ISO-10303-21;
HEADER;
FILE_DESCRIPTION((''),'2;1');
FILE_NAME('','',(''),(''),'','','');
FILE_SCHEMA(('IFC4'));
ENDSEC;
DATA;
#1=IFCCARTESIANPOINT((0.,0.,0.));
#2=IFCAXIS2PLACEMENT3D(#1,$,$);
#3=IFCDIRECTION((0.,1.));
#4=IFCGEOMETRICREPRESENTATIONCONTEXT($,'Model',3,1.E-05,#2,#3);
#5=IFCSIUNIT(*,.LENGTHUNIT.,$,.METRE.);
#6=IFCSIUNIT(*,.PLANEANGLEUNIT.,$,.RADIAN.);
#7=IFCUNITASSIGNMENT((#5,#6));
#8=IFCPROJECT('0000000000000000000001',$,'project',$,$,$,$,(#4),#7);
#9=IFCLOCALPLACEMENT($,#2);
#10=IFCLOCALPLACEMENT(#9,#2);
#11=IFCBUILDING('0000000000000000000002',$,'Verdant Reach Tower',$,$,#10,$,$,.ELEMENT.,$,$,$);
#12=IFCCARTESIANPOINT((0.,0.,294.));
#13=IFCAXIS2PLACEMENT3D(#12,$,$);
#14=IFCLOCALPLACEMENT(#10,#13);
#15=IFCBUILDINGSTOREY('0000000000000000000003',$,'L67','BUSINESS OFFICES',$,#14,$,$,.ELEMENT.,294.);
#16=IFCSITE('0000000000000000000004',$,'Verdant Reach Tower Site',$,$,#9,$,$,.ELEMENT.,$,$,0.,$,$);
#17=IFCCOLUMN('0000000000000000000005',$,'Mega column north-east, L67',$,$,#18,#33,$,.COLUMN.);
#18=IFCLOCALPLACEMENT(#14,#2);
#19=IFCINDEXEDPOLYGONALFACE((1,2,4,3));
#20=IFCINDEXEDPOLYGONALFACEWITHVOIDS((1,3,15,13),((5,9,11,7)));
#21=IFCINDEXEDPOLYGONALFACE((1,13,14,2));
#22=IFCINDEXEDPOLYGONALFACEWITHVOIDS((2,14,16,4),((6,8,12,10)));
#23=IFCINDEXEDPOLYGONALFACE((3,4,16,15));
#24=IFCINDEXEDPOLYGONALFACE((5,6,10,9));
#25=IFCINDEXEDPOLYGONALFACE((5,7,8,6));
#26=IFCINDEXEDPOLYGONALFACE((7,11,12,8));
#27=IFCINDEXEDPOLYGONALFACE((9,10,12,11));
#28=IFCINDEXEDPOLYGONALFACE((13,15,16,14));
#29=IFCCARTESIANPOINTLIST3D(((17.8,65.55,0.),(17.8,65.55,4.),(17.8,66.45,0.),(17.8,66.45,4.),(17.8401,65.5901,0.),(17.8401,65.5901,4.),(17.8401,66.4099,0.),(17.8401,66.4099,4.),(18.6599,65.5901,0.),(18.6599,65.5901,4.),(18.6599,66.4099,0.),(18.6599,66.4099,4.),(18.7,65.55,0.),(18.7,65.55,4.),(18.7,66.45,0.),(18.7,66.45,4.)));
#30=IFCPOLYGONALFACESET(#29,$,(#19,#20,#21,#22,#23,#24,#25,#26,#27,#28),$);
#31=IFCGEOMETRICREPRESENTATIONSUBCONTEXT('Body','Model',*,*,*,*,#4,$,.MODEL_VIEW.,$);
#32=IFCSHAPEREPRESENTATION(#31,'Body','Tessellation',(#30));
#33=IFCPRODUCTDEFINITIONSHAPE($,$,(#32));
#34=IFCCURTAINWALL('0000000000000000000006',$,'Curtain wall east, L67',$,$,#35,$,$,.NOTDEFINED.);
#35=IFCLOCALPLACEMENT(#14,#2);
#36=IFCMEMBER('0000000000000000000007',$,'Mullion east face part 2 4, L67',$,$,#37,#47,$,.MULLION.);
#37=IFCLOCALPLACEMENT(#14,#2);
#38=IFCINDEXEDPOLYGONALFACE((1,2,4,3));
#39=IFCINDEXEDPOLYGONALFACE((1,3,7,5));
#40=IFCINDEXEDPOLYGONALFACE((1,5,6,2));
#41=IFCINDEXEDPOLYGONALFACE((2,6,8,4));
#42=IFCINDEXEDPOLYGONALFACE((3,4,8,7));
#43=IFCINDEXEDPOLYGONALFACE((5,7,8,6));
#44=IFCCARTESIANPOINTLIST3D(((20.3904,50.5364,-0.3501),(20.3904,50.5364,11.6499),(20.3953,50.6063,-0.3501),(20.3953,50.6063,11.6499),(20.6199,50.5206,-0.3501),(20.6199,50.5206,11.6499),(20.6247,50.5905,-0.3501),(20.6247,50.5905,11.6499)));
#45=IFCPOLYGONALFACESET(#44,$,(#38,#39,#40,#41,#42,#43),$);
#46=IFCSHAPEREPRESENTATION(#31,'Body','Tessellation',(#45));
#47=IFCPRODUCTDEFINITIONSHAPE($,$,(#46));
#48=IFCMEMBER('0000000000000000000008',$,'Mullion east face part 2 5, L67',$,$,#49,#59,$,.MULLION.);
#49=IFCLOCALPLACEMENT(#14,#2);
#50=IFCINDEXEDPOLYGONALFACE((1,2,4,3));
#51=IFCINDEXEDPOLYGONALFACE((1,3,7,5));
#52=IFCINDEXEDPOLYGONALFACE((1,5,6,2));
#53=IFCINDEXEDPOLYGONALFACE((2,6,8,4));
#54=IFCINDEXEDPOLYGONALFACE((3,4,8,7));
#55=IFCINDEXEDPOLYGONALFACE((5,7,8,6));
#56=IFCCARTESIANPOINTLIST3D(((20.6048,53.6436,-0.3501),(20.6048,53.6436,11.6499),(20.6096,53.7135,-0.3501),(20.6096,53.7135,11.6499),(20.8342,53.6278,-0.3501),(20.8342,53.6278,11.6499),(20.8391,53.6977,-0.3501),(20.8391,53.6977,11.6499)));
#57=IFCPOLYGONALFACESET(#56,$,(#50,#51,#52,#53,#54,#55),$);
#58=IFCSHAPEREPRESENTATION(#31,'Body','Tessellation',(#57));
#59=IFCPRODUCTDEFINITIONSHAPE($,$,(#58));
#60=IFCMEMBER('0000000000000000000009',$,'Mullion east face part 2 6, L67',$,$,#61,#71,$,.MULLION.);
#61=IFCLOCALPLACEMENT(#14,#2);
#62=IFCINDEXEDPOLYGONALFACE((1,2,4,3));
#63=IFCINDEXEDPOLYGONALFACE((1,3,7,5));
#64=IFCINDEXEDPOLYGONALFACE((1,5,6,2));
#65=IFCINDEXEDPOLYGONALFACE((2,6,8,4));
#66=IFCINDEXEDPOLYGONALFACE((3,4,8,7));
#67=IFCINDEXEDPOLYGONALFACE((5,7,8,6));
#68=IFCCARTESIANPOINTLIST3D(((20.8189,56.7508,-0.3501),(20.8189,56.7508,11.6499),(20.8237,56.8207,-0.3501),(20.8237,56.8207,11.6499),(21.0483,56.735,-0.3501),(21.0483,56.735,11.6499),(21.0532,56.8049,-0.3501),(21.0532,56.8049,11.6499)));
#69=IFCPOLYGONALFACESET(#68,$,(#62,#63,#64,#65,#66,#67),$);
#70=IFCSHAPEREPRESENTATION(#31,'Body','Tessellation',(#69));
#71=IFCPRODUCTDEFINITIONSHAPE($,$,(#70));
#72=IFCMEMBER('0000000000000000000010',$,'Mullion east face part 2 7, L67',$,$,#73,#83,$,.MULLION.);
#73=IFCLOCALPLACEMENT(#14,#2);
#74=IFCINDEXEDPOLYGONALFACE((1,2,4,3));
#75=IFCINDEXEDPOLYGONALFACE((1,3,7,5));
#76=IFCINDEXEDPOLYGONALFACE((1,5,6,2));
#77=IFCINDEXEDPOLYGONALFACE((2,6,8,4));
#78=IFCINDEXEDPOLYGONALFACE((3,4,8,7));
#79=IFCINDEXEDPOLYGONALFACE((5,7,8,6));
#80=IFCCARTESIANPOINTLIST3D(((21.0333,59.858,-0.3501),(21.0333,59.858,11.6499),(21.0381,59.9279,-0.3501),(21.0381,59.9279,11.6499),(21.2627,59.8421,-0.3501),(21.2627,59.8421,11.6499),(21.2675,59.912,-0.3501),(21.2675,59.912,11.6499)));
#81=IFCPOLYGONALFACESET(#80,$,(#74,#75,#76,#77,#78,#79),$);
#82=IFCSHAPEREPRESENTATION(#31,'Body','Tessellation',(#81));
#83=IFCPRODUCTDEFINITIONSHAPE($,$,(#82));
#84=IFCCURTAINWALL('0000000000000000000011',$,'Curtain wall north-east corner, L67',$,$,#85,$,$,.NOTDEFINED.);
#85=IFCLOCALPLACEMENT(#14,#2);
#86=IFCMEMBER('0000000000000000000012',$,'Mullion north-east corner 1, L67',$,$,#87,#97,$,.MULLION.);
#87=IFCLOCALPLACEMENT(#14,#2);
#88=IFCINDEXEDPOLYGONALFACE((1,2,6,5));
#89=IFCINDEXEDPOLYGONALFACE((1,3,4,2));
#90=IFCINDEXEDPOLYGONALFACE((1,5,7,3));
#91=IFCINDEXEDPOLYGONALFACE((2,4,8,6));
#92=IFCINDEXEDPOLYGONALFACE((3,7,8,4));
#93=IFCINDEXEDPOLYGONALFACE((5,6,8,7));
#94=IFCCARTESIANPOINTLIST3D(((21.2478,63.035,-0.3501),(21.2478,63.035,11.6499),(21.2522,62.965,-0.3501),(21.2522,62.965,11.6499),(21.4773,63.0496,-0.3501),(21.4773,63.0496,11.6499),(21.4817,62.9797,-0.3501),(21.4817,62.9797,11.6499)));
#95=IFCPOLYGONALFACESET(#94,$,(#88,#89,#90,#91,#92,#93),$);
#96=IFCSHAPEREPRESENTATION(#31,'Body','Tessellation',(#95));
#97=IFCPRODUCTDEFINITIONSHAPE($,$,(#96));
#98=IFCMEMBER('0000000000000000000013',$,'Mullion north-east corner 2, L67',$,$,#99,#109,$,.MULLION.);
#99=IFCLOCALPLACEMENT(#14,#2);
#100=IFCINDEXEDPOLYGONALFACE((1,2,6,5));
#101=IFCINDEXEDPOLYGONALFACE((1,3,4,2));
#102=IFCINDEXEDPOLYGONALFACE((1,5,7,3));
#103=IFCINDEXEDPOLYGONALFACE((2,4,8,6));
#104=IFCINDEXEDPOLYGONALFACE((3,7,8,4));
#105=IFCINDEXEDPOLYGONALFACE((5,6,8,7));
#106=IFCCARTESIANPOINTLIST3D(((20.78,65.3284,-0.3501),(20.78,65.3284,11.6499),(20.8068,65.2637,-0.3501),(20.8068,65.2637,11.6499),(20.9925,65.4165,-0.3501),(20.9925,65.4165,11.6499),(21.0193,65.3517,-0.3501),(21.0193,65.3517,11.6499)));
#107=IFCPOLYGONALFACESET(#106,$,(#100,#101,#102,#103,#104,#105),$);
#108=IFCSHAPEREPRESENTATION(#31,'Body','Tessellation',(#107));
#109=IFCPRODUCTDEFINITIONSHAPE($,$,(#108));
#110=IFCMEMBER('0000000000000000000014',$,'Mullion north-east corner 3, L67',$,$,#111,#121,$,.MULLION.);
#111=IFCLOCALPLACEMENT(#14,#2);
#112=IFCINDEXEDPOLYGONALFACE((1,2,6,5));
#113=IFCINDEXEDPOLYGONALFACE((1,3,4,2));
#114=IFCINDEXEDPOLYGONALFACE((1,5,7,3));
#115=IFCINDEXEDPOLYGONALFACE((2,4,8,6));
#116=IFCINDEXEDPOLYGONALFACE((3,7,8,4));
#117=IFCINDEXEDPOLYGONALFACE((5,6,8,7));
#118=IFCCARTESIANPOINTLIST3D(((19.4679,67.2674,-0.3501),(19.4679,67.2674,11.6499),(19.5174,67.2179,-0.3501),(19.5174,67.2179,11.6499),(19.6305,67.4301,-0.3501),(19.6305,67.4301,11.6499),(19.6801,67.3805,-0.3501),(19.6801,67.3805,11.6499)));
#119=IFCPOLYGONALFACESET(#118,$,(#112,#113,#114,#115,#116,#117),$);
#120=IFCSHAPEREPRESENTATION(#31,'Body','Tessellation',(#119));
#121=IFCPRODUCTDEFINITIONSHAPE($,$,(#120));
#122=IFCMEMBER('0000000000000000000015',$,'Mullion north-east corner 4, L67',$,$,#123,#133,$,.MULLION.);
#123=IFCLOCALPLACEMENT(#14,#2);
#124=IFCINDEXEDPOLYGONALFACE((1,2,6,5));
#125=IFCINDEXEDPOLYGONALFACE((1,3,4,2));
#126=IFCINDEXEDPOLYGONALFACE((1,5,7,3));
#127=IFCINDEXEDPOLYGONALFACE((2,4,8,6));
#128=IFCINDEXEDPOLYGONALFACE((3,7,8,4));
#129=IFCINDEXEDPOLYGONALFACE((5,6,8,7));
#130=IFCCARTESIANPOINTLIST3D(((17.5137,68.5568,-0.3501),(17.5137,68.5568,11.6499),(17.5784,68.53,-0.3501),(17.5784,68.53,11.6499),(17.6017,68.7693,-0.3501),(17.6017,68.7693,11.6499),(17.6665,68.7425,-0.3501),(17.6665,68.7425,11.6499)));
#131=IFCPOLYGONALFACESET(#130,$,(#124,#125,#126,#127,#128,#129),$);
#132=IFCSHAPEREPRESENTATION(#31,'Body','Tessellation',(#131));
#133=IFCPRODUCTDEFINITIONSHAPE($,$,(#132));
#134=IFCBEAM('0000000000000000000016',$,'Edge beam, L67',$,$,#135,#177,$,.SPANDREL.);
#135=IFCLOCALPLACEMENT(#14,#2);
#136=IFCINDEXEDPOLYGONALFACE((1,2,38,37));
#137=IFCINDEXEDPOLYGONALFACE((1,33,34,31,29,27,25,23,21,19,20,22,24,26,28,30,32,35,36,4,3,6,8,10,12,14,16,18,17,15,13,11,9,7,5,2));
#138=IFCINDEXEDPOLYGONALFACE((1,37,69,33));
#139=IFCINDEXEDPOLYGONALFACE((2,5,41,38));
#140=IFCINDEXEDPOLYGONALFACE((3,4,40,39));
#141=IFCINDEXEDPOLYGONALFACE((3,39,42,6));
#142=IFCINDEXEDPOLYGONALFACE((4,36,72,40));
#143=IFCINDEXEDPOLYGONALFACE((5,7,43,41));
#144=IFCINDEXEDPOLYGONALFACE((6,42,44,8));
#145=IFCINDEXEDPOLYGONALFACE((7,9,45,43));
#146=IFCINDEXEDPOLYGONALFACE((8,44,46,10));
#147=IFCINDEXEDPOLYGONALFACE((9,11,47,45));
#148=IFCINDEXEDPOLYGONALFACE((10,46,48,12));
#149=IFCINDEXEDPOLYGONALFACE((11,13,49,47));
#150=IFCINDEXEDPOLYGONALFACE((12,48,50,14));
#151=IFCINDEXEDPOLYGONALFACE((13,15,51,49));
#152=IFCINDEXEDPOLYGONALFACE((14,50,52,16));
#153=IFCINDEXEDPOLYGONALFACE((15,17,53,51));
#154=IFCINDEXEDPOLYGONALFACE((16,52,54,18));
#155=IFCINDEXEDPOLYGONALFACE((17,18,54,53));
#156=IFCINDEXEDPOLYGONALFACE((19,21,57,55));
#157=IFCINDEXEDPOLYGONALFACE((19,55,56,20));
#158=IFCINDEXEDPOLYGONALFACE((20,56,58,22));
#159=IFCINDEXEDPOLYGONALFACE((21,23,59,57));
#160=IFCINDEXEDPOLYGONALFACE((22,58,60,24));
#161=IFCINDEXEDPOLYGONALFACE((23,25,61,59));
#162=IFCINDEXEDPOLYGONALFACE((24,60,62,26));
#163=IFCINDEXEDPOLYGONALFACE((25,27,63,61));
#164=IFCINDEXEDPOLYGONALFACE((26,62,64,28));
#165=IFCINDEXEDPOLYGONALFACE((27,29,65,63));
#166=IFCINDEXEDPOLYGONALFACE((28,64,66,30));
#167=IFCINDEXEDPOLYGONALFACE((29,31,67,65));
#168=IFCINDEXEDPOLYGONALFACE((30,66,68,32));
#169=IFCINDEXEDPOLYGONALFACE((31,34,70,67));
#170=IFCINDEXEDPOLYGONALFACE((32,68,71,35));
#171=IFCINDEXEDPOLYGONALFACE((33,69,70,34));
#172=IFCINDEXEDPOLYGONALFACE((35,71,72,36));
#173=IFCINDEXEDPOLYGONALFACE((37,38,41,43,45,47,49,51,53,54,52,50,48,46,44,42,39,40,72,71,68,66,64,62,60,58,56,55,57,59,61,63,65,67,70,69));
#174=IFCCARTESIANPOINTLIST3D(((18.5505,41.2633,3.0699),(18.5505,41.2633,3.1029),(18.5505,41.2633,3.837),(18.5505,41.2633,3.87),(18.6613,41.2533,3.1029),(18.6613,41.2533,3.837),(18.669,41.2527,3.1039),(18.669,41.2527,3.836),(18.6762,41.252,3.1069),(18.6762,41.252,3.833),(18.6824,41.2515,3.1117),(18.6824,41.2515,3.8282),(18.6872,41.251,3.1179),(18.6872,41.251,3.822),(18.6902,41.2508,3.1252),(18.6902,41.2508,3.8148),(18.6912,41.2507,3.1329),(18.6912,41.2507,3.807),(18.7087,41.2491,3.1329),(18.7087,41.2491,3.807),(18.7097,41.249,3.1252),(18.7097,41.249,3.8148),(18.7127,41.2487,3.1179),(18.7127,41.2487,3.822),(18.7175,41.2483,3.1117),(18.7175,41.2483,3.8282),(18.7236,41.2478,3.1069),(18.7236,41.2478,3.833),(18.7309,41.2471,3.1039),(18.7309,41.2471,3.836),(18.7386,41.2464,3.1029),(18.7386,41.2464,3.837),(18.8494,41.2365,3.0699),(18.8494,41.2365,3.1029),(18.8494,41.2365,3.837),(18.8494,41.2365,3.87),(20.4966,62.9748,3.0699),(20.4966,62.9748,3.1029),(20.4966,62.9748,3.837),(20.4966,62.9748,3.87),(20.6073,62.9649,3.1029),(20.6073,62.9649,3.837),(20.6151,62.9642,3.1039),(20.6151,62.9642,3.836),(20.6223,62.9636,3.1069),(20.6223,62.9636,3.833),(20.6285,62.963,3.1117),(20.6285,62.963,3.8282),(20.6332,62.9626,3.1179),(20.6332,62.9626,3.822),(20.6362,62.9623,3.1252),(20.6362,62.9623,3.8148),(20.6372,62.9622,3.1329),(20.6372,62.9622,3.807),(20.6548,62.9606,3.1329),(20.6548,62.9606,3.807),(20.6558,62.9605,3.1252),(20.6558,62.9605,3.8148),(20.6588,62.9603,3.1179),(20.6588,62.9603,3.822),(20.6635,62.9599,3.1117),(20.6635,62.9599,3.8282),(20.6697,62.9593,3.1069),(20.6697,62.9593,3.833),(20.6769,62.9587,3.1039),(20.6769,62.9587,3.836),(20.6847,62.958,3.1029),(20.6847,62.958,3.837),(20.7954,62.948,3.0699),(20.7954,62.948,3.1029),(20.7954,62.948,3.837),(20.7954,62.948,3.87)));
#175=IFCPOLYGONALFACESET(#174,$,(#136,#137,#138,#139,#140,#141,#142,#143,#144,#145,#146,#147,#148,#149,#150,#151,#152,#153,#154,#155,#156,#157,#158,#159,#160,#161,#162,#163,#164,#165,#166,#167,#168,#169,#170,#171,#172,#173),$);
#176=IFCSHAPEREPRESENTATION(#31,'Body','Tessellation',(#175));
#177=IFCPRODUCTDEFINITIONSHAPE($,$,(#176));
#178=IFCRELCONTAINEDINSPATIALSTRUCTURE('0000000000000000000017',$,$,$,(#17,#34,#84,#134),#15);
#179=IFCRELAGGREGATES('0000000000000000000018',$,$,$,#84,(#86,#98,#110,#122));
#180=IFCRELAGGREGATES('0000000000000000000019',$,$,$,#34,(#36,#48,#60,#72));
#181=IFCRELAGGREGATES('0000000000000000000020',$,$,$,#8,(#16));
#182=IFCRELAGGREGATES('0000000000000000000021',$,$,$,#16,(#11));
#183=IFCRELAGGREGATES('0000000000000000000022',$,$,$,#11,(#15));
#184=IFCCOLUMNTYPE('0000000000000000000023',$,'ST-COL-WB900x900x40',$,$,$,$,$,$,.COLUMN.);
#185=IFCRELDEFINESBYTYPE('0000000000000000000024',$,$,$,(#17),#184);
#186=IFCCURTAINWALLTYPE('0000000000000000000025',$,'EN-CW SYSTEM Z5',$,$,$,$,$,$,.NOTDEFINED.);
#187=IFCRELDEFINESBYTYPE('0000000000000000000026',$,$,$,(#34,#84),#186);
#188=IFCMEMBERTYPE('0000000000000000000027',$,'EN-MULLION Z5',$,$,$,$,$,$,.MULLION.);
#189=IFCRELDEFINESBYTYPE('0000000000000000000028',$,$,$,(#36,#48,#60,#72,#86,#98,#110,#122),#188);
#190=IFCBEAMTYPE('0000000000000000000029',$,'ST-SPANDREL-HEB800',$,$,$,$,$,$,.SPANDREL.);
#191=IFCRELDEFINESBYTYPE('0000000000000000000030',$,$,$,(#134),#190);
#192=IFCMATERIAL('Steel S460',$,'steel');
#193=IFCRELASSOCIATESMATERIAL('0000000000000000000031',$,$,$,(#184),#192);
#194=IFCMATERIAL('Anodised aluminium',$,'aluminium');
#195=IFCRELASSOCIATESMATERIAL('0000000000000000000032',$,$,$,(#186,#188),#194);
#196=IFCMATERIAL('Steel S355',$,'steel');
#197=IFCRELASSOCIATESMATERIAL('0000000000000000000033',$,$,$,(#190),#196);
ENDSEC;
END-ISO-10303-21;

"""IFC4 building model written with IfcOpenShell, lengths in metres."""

from ifc_helpers import new_model, si_unit, direction, frame, origin, origin_2d, place, context, subcontext, project, spatial, rectangle, hollow_rectangle, i_section, extrude, material, material_profile, profile_set, type_object, element, aggregate, save


model = new_model("IFC4")

# Units and contexts
model_context = context("Model", 3, precision=1e-05, world=origin(), true_north=direction((0.0, 1.0)))
body_context = subcontext(model_context, "Body", "Model", "MODEL_VIEW")
ifc_project = project(units=[si_unit("LENGTHUNIT", "METRE"), si_unit("PLANEANGLEUNIT", "RADIAN")], contexts=[model_context])

# Site, building, storey
site_placement = place(None, origin())
site = spatial("IfcSite", under=ifc_project, at=site_placement, Name="Verdant Reach Tower Site", CompositionType="ELEMENT", RefElevation=0.0)
building_placement = place(site_placement, origin())
building = spatial("IfcBuilding", under=site, at=building_placement, Name="Verdant Reach Tower", CompositionType="ELEMENT")
storey_placement = place(building_placement, frame((0.0, 0.0, 294.0)))
storey = spatial("IfcBuildingStorey", under=building, at=storey_placement, Name="L67", Description="BUSINESS OFFICES", CompositionType="ELEMENT", Elevation=294.0)

# Column
ifc_material_1 = material(Name="Steel S460", Category="steel")
ifc_material_profile_1 = material_profile(ifc_material_1, hollow_rectangle(XDim=0.8999, YDim=0.8999, WallThickness=0.04, at=origin_2d()), Name="WB 900x900x40")
ifc_profile_set_1 = profile_set([ifc_material_profile_1], Name="Steel S460")
column_type = type_object("IfcColumnType", Name="ST-COL-WB900x900x40", PredefinedType="COLUMN", material=ifc_profile_set_1)
column_placement = place(storey_placement, frame((18.25, 66.0, 0.0), z_axis=(0.0, 0.0, 1.0), x_axis=(1.0, 0.0, 0.0)))
element("IfcColumn", 1, at=column_placement, inside=storey, type_object=column_type, Name="Mega column north-east, L67", PredefinedType="COLUMN", context=body_context, shape_type="SweptSolid", body=[
    extrude(hollow_rectangle(XDim=0.8999, YDim=0.8999, WallThickness=0.04, at=origin_2d()), origin(), (0.0, 0.0, 1.0), 4.0),
])

# Curtain walls, members
ifc_material_2 = material(Name="Anodised aluminium", Category="aluminium")
curtain_wall_type = type_object("IfcCurtainWallType", Name="EN-CW SYSTEM Z5", PredefinedType="NOTDEFINED", material=ifc_material_2)
curtain_wall_1_placement = place(storey_placement, origin())
curtain_wall_1 = element("IfcCurtainWall", 2, at=curtain_wall_1_placement, inside=storey, type_object=curtain_wall_type, Name="Curtain wall east, L67", PredefinedType="NOTDEFINED")
ifc_material_profile_2 = material_profile(ifc_material_2, rectangle(XDim=0.23, YDim=0.0701, at=origin_2d()), Name="Mullion 70x230")
ifc_profile_set_2 = profile_set([ifc_material_profile_2], Name="Anodised aluminium")
member_type = type_object("IfcMemberType", Name="EN-MULLION Z5", PredefinedType="MULLION", material=ifc_profile_set_2)
member_1_placement = place(storey_placement, frame((20.5076, 50.5635, -0.3501), z_axis=(0.0, 0.0, 1.0), x_axis=(0.99763, -0.068802, 0.0)))
member_1 = element("IfcMember", 3, at=member_1_placement, type_object=member_type, Name="Mullion east face part 2 4, L67", PredefinedType="MULLION", context=body_context, shape_type="SweptSolid", body=[
    extrude(rectangle(XDim=0.23, YDim=0.0701, at=origin_2d()), origin(), (0.0, 0.0, 1.0), 12.0),
])
member_2_placement = place(storey_placement, frame((20.7219, 53.6707, -0.3501), z_axis=(0.0, 0.0, 1.0), x_axis=(0.99763, -0.068802, 0.0)))
member_2 = element("IfcMember", 4, at=member_2_placement, type_object=member_type, Name="Mullion east face part 2 5, L67", PredefinedType="MULLION", context=body_context, shape_type="SweptSolid", body=[
    extrude(rectangle(XDim=0.23, YDim=0.0701, at=origin_2d()), origin(), (0.0, 0.0, 1.0), 12.0),
])
member_3_placement = place(storey_placement, frame((20.936, 56.7778, -0.3501), z_axis=(0.0, 0.0, 1.0), x_axis=(0.99763, -0.068802, 0.0)))
member_3 = element("IfcMember", 5, at=member_3_placement, type_object=member_type, Name="Mullion east face part 2 6, L67", PredefinedType="MULLION", context=body_context, shape_type="SweptSolid", body=[
    extrude(rectangle(XDim=0.23, YDim=0.0701, at=origin_2d()), origin(), (0.0, 0.0, 1.0), 12.0),
])
member_4_placement = place(storey_placement, frame((21.1504, 59.885, -0.3501), z_axis=(0.0, 0.0, 1.0), x_axis=(0.99763, -0.068802, 0.0)))
member_4 = element("IfcMember", 6, at=member_4_placement, type_object=member_type, Name="Mullion east face part 2 7, L67", PredefinedType="MULLION", context=body_context, shape_type="SweptSolid", body=[
    extrude(rectangle(XDim=0.23, YDim=0.0701, at=origin_2d()), origin(), (0.0, 0.0, 1.0), 12.0),
])
curtain_wall_2_placement = place(storey_placement, origin())
curtain_wall_2 = element("IfcCurtainWall", 7, at=curtain_wall_2_placement, inside=storey, type_object=curtain_wall_type, Name="Curtain wall north-east corner, L67", PredefinedType="NOTDEFINED")
member_5_placement = place(storey_placement, frame((21.3647, 63.0073, -0.3501), z_axis=(0.0, 0.0, 1.0), x_axis=(0.997969, 0.063699, 0.0)))
member_5 = element("IfcMember", 8, at=member_5_placement, type_object=member_type, Name="Mullion north-east corner 1, L67", PredefinedType="MULLION", context=body_context, shape_type="SweptSolid", body=[
    extrude(rectangle(XDim=0.23, YDim=0.0701, at=origin_2d()), origin(), (0.0, 0.0, 1.0), 12.0),
])
member_6_placement = place(storey_placement, frame((20.8997, 65.3401, -0.3501), z_axis=(0.0, 0.0, 1.0), x_axis=(0.923875, 0.382694, 0.0)))
member_6 = element("IfcMember", 9, at=member_6_placement, type_object=member_type, Name="Mullion north-east corner 2, L67", PredefinedType="MULLION", context=body_context, shape_type="SweptSolid", body=[
    extrude(rectangle(XDim=0.23, YDim=0.0701, at=origin_2d()), origin(), (0.0, 0.0, 1.0), 12.0),
])
member_7_placement = place(storey_placement, frame((19.574, 67.324, -0.3501), z_axis=(0.0, 0.0, 1.0), x_axis=(0.707107, 0.707107, 0.0)))
member_7 = element("IfcMember", 10, at=member_7_placement, type_object=member_type, Name="Mullion north-east corner 3, L67", PredefinedType="MULLION", context=body_context, shape_type="SweptSolid", body=[
    extrude(rectangle(XDim=0.23, YDim=0.0701, at=origin_2d()), origin(), (0.0, 0.0, 1.0), 12.0),
])
member_8_placement = place(storey_placement, frame((17.5901, 68.6497, -0.3501), z_axis=(0.0, 0.0, 1.0), x_axis=(0.382694, 0.923875, 0.0)))
member_8 = element("IfcMember", 11, at=member_8_placement, type_object=member_type, Name="Mullion north-east corner 4, L67", PredefinedType="MULLION", context=body_context, shape_type="SweptSolid", body=[
    extrude(rectangle(XDim=0.23, YDim=0.0701, at=origin_2d()), origin(), (0.0, 0.0, 1.0), 12.0),
])

# Beam
ifc_material_3 = material(Name="Steel S355", Category="steel")
ifc_material_profile_3 = material_profile(ifc_material_3, i_section(OverallWidth=0.3, OverallDepth=0.8, WebThickness=0.0176, FlangeThickness=0.033, FilletRadius=0.03, at=origin_2d()), Name="HEB 800")
ifc_profile_set_3 = profile_set([ifc_material_profile_3], Name="Steel S355")
beam_type_1 = type_object("IfcBeamType", Name="ST-SPANDREL-HEB800", PredefinedType="SPANDREL", material=ifc_profile_set_3)
beam_1_placement = place(storey_placement, frame((20.646, 62.9614, 3.47), z_axis=(-0.089274, -0.996007, 0.0), x_axis=(0.996007, -0.089274, 0.0)))
element("IfcBeam", 12, at=beam_1_placement, inside=storey, type_object=beam_type_1, Name="Edge beam, L67", PredefinedType="SPANDREL", context=body_context, shape_type="SweptSolid", body=[
    extrude(i_section(OverallWidth=0.3, OverallDepth=0.8, WebThickness=0.0176, FlangeThickness=0.033, FilletRadius=0.03, at=origin_2d()), origin(), (0.0, 0.0, 1.0), 21.7986),
])

aggregate(curtain_wall_2, [member_5, member_6, member_7, member_8])
aggregate(curtain_wall_1, [member_1, member_2, member_3, member_4])

save(model, "model.ifc")
